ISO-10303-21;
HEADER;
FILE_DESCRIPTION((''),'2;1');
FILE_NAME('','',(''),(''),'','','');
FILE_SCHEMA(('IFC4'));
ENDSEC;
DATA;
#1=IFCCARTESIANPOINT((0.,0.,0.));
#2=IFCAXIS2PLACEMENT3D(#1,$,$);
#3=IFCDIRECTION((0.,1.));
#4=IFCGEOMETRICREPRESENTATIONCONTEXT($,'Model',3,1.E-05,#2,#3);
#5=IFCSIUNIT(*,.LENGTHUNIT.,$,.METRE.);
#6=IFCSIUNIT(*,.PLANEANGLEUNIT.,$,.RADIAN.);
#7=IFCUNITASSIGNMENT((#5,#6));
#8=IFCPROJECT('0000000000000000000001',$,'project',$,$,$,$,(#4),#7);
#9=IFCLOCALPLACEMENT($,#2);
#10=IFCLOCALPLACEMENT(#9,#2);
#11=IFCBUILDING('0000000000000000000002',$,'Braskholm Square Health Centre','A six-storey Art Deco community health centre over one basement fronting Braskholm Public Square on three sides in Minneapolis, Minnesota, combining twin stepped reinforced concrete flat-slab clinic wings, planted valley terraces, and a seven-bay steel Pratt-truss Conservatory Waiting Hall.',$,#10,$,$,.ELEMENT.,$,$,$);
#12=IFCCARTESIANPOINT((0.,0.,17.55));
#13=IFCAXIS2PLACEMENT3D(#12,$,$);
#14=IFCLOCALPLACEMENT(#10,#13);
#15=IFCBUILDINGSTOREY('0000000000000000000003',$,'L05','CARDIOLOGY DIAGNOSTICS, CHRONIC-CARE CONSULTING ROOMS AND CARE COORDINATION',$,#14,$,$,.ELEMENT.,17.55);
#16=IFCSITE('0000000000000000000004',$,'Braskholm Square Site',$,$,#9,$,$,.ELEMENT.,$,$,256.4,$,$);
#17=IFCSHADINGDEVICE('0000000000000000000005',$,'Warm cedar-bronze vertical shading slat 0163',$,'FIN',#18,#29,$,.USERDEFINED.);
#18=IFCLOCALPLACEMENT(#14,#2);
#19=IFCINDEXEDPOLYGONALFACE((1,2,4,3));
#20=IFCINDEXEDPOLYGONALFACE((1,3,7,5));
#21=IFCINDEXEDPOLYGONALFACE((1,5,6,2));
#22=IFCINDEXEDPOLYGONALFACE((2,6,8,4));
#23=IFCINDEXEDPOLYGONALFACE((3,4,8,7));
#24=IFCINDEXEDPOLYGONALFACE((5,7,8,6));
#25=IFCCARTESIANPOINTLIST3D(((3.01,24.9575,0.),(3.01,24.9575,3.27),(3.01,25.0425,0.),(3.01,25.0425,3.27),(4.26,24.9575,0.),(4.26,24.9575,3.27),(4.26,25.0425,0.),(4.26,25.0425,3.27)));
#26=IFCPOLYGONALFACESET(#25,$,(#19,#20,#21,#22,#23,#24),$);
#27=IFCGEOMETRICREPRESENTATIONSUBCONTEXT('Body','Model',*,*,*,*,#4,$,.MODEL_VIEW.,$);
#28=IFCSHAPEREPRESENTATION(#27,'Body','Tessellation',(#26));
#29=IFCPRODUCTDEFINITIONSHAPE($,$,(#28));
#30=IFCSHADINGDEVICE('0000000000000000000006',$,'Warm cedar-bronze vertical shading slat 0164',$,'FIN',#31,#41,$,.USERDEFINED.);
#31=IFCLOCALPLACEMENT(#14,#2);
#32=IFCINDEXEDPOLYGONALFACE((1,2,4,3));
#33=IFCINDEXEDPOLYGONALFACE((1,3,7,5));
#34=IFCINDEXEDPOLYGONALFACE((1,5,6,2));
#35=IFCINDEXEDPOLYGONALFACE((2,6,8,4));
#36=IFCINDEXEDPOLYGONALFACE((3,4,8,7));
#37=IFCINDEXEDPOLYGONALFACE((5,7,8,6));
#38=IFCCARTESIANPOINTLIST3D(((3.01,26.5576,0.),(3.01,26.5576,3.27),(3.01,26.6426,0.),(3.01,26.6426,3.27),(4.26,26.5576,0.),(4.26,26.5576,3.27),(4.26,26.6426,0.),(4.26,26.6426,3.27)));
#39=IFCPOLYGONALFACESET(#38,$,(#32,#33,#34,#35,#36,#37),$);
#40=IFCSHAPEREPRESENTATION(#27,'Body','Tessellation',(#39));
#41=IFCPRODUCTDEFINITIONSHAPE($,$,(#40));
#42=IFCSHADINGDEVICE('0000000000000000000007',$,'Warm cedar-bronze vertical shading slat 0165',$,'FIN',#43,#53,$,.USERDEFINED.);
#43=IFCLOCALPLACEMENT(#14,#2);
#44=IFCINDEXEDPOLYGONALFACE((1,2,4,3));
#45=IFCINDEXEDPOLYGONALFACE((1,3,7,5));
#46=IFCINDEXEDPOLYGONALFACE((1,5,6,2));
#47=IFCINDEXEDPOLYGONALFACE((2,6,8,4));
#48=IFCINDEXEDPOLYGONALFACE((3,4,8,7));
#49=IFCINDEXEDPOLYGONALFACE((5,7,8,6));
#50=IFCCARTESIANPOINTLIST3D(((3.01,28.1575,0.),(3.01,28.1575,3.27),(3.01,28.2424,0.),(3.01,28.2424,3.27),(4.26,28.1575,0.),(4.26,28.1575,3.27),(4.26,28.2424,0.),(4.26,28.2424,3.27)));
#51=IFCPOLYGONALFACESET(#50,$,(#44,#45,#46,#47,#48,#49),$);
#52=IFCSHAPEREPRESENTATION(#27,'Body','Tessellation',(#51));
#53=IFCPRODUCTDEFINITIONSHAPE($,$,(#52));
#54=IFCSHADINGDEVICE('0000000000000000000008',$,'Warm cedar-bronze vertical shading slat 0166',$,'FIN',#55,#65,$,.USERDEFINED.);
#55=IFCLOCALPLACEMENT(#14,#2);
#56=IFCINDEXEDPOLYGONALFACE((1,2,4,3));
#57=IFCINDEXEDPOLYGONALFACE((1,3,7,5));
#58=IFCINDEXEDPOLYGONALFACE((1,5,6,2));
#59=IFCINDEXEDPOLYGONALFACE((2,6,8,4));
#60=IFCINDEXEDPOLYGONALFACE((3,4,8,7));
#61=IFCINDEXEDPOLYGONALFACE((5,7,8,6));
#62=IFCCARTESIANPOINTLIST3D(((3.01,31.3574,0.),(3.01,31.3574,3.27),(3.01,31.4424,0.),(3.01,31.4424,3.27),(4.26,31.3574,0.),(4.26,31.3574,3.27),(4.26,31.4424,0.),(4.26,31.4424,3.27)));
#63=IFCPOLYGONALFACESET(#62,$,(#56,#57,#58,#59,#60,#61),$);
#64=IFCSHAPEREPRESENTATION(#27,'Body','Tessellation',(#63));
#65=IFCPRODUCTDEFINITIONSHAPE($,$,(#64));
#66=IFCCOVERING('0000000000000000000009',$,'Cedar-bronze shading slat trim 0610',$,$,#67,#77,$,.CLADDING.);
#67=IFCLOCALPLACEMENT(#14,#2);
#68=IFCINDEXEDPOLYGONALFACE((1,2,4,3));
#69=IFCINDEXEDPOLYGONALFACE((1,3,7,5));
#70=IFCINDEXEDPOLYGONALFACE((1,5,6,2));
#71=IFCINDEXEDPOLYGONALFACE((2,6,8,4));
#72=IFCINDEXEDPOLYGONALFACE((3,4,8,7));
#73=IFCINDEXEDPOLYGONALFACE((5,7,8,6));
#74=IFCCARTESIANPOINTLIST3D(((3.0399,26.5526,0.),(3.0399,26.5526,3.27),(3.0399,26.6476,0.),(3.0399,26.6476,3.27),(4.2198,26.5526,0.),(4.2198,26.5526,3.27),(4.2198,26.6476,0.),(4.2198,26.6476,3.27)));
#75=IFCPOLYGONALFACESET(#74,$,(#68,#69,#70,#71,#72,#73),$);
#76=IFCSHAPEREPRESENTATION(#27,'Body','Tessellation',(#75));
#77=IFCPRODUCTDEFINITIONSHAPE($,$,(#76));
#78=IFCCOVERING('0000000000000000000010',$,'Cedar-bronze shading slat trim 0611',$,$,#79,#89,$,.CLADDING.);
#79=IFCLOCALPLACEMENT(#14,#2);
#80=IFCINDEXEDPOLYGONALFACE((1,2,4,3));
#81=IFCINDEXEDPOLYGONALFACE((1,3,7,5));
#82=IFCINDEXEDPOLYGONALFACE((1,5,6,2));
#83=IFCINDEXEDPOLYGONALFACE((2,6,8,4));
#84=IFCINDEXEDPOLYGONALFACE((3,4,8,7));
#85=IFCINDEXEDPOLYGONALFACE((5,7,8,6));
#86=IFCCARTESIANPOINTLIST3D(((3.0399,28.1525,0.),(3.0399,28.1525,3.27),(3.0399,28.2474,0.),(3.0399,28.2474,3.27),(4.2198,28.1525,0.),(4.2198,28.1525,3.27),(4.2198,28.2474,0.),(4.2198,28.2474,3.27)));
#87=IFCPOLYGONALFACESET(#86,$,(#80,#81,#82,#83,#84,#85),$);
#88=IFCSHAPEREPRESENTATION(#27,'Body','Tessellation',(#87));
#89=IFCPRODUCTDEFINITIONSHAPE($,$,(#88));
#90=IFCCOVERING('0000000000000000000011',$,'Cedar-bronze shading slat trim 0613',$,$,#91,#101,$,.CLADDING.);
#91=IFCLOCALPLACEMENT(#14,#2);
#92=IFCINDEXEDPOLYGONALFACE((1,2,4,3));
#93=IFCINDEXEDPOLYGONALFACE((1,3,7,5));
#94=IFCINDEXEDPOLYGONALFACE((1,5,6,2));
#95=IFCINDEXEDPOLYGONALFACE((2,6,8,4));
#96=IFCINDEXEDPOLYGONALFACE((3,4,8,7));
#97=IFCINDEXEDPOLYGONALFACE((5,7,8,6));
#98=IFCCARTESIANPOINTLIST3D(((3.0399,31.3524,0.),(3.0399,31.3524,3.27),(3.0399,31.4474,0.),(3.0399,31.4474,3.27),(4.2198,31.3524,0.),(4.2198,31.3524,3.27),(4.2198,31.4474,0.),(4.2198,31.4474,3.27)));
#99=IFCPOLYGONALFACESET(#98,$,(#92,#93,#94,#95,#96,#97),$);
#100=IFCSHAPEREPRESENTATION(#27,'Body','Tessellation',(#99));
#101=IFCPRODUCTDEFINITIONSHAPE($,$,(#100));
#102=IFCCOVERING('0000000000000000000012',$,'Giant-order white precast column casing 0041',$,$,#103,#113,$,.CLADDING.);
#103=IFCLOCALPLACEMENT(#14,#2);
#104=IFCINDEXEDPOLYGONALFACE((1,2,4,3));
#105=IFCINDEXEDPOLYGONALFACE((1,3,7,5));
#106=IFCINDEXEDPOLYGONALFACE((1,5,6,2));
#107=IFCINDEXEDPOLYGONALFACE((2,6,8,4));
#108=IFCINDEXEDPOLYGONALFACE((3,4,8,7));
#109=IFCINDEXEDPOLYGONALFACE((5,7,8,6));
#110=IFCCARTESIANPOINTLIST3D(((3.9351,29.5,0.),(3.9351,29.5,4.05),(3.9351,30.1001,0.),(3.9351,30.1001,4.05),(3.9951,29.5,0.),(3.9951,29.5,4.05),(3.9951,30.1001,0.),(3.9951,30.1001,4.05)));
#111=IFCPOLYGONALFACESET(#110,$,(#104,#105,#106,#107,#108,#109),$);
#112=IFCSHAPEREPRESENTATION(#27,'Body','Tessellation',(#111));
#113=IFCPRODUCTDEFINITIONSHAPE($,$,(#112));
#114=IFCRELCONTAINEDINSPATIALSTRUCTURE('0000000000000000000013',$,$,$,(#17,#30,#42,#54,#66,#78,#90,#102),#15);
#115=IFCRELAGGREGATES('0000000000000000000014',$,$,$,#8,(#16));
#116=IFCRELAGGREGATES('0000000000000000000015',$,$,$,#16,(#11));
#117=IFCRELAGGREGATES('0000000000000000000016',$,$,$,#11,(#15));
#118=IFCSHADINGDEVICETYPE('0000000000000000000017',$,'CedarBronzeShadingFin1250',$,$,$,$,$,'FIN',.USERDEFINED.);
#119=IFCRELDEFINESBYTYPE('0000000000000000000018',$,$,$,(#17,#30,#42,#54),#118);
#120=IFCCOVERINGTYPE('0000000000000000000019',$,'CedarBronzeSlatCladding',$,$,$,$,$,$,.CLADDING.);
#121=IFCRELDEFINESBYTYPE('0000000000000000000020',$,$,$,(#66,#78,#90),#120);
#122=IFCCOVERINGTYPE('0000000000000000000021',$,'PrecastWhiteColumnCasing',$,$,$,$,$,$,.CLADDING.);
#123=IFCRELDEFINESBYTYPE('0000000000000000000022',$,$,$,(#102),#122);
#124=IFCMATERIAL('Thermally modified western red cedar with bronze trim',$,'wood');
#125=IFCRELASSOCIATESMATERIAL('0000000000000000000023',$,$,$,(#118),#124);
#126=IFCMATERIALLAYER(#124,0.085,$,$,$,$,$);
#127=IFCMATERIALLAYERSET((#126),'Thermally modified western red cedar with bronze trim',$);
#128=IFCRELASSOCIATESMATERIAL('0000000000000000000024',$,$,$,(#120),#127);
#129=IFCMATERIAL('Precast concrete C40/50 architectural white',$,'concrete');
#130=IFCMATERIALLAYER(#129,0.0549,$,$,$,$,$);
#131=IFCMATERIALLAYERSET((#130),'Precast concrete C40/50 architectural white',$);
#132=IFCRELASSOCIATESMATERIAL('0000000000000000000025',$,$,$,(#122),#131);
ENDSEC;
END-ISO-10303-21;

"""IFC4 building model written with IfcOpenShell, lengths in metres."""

from ifc_helpers import new_model, si_unit, direction, frame, origin, origin_2d, place, context, subcontext, project, spatial, rectangle, extrude, material, layer, layer_set, type_object, element, save


model = new_model("IFC4")

# Units and contexts
model_context = context("Model", 3, precision=1e-05, world=origin(), true_north=direction((0.0, 1.0)))
body_context = subcontext(model_context, "Body", "Model", "MODEL_VIEW")
ifc_project = project(units=[si_unit("LENGTHUNIT", "METRE"), si_unit("PLANEANGLEUNIT", "RADIAN")], contexts=[model_context])

# Site, building, storey
site_placement = place(None, origin())
site = spatial("IfcSite", under=ifc_project, at=site_placement, Name="Braskholm Square Site", CompositionType="ELEMENT", RefElevation=256.4)
building_placement = place(site_placement, origin())
building = spatial("IfcBuilding", under=site, at=building_placement, Name="Braskholm Square Health Centre", Description="A six-storey Art Deco community health centre over one basement fronting Braskholm Public Square on three sides in Minneapolis, Minnesota, combining twin stepped reinforced concrete flat-slab clinic wings, planted valley terraces, and a seven-bay steel Pratt-truss Conservatory Waiting Hall.", CompositionType="ELEMENT")
storey_placement = place(building_placement, frame((0.0, 0.0, 17.55)))
storey = spatial("IfcBuildingStorey", under=building, at=storey_placement, Name="L05", Description="CARDIOLOGY DIAGNOSTICS, CHRONIC-CARE CONSULTING ROOMS AND CARE COORDINATION", CompositionType="ELEMENT", Elevation=17.55)

# Shared definitions
ifc_material_1 = material(Name="Precast concrete C40/50 architectural white", Category="concrete")

# Shading devices
ifc_material_2 = material(Name="Thermally modified western red cedar with bronze trim", Category="wood")
shading_device_type = type_object("IfcShadingDeviceType", Name="CedarBronzeShadingFin1250", ElementType="FIN", PredefinedType="USERDEFINED", material=ifc_material_2)
for number, where, z_axis, x_axis, name in (
    (1, (3.635, 25.0, 0.0), (0.0, 0.0, 1.0), (1.0, 0.0, 0.0), "Warm cedar-bronze vertical shading slat 0163"),
    (2, (3.635, 26.6001, 0.0), (0.0, 0.0, 1.0), (1.0, 0.0, 0.0), "Warm cedar-bronze vertical shading slat 0164"),
    (3, (3.635, 28.2, 0.0), (0.0, 0.0, 1.0), (1.0, 0.0, 0.0), "Warm cedar-bronze vertical shading slat 0165"),
    (4, (3.635, 31.3999, 0.0), (0.0, 0.0, 1.0), (1.0, 0.0, 0.0), "Warm cedar-bronze vertical shading slat 0166"),
):
    element("IfcShadingDevice", number, at=place(storey_placement, frame(where, z_axis=z_axis, x_axis=x_axis)), inside=storey, type_object=shading_device_type, Name=name, ObjectType="FIN", PredefinedType="USERDEFINED", context=body_context, shape_type="SweptSolid", body=[
        extrude(rectangle(XDim=1.25, YDim=0.085, at=origin_2d()), origin(), (0.0, 0.0, 1.0), 3.27),
    ])

# Coverings
ifc_layer_1 = layer(ifc_material_2, 0.085)
ifc_layer_set_1 = layer_set([ifc_layer_1], Name="Thermally modified western red cedar with bronze trim")
covering_type_1 = type_object("IfcCoveringType", Name="CedarBronzeSlatCladding", PredefinedType="CLADDING", material=ifc_layer_set_1)
for number, where, z_axis, x_axis, name in (
    (5, (3.6299, 26.6001, 0.0), (0.0, 0.0, 1.0), (1.0, 0.0, 0.0), "Cedar-bronze shading slat trim 0610"),
    (6, (3.6299, 28.2, 0.0), (0.0, 0.0, 1.0), (1.0, 0.0, 0.0), "Cedar-bronze shading slat trim 0611"),
    (7, (3.6299, 31.3999, 0.0), (0.0, 0.0, 1.0), (1.0, 0.0, 0.0), "Cedar-bronze shading slat trim 0613"),
):
    element("IfcCovering", number, at=place(storey_placement, frame(where, z_axis=z_axis, x_axis=x_axis)), inside=storey, type_object=covering_type_1, Name=name, PredefinedType="CLADDING", context=body_context, shape_type="SweptSolid", body=[
        extrude(rectangle(XDim=1.1799, YDim=0.095, at=origin_2d()), origin(), (0.0, 0.0, 1.0), 3.27),
    ])
ifc_layer_2 = layer(ifc_material_1, 0.0549)
ifc_layer_set_2 = layer_set([ifc_layer_2], Name="Precast concrete C40/50 architectural white")
covering_type_2 = type_object("IfcCoveringType", Name="PrecastWhiteColumnCasing", PredefinedType="CLADDING", material=ifc_layer_set_2)
covering_placement = place(storey_placement, frame((3.9651, 29.8, 0.0), z_axis=(0.0, 0.0, 1.0), x_axis=(1.0, 0.0, 0.0)))
element("IfcCovering", 8, at=covering_placement, inside=storey, type_object=covering_type_2, Name="Giant-order white precast column casing 0041", PredefinedType="CLADDING", context=body_context, shape_type="SweptSolid", body=[
    extrude(rectangle(XDim=0.0601, YDim=0.6001, at=origin_2d()), origin(), (0.0, 0.0, 1.0), 4.05),
])

save(model, "model.ifc")
